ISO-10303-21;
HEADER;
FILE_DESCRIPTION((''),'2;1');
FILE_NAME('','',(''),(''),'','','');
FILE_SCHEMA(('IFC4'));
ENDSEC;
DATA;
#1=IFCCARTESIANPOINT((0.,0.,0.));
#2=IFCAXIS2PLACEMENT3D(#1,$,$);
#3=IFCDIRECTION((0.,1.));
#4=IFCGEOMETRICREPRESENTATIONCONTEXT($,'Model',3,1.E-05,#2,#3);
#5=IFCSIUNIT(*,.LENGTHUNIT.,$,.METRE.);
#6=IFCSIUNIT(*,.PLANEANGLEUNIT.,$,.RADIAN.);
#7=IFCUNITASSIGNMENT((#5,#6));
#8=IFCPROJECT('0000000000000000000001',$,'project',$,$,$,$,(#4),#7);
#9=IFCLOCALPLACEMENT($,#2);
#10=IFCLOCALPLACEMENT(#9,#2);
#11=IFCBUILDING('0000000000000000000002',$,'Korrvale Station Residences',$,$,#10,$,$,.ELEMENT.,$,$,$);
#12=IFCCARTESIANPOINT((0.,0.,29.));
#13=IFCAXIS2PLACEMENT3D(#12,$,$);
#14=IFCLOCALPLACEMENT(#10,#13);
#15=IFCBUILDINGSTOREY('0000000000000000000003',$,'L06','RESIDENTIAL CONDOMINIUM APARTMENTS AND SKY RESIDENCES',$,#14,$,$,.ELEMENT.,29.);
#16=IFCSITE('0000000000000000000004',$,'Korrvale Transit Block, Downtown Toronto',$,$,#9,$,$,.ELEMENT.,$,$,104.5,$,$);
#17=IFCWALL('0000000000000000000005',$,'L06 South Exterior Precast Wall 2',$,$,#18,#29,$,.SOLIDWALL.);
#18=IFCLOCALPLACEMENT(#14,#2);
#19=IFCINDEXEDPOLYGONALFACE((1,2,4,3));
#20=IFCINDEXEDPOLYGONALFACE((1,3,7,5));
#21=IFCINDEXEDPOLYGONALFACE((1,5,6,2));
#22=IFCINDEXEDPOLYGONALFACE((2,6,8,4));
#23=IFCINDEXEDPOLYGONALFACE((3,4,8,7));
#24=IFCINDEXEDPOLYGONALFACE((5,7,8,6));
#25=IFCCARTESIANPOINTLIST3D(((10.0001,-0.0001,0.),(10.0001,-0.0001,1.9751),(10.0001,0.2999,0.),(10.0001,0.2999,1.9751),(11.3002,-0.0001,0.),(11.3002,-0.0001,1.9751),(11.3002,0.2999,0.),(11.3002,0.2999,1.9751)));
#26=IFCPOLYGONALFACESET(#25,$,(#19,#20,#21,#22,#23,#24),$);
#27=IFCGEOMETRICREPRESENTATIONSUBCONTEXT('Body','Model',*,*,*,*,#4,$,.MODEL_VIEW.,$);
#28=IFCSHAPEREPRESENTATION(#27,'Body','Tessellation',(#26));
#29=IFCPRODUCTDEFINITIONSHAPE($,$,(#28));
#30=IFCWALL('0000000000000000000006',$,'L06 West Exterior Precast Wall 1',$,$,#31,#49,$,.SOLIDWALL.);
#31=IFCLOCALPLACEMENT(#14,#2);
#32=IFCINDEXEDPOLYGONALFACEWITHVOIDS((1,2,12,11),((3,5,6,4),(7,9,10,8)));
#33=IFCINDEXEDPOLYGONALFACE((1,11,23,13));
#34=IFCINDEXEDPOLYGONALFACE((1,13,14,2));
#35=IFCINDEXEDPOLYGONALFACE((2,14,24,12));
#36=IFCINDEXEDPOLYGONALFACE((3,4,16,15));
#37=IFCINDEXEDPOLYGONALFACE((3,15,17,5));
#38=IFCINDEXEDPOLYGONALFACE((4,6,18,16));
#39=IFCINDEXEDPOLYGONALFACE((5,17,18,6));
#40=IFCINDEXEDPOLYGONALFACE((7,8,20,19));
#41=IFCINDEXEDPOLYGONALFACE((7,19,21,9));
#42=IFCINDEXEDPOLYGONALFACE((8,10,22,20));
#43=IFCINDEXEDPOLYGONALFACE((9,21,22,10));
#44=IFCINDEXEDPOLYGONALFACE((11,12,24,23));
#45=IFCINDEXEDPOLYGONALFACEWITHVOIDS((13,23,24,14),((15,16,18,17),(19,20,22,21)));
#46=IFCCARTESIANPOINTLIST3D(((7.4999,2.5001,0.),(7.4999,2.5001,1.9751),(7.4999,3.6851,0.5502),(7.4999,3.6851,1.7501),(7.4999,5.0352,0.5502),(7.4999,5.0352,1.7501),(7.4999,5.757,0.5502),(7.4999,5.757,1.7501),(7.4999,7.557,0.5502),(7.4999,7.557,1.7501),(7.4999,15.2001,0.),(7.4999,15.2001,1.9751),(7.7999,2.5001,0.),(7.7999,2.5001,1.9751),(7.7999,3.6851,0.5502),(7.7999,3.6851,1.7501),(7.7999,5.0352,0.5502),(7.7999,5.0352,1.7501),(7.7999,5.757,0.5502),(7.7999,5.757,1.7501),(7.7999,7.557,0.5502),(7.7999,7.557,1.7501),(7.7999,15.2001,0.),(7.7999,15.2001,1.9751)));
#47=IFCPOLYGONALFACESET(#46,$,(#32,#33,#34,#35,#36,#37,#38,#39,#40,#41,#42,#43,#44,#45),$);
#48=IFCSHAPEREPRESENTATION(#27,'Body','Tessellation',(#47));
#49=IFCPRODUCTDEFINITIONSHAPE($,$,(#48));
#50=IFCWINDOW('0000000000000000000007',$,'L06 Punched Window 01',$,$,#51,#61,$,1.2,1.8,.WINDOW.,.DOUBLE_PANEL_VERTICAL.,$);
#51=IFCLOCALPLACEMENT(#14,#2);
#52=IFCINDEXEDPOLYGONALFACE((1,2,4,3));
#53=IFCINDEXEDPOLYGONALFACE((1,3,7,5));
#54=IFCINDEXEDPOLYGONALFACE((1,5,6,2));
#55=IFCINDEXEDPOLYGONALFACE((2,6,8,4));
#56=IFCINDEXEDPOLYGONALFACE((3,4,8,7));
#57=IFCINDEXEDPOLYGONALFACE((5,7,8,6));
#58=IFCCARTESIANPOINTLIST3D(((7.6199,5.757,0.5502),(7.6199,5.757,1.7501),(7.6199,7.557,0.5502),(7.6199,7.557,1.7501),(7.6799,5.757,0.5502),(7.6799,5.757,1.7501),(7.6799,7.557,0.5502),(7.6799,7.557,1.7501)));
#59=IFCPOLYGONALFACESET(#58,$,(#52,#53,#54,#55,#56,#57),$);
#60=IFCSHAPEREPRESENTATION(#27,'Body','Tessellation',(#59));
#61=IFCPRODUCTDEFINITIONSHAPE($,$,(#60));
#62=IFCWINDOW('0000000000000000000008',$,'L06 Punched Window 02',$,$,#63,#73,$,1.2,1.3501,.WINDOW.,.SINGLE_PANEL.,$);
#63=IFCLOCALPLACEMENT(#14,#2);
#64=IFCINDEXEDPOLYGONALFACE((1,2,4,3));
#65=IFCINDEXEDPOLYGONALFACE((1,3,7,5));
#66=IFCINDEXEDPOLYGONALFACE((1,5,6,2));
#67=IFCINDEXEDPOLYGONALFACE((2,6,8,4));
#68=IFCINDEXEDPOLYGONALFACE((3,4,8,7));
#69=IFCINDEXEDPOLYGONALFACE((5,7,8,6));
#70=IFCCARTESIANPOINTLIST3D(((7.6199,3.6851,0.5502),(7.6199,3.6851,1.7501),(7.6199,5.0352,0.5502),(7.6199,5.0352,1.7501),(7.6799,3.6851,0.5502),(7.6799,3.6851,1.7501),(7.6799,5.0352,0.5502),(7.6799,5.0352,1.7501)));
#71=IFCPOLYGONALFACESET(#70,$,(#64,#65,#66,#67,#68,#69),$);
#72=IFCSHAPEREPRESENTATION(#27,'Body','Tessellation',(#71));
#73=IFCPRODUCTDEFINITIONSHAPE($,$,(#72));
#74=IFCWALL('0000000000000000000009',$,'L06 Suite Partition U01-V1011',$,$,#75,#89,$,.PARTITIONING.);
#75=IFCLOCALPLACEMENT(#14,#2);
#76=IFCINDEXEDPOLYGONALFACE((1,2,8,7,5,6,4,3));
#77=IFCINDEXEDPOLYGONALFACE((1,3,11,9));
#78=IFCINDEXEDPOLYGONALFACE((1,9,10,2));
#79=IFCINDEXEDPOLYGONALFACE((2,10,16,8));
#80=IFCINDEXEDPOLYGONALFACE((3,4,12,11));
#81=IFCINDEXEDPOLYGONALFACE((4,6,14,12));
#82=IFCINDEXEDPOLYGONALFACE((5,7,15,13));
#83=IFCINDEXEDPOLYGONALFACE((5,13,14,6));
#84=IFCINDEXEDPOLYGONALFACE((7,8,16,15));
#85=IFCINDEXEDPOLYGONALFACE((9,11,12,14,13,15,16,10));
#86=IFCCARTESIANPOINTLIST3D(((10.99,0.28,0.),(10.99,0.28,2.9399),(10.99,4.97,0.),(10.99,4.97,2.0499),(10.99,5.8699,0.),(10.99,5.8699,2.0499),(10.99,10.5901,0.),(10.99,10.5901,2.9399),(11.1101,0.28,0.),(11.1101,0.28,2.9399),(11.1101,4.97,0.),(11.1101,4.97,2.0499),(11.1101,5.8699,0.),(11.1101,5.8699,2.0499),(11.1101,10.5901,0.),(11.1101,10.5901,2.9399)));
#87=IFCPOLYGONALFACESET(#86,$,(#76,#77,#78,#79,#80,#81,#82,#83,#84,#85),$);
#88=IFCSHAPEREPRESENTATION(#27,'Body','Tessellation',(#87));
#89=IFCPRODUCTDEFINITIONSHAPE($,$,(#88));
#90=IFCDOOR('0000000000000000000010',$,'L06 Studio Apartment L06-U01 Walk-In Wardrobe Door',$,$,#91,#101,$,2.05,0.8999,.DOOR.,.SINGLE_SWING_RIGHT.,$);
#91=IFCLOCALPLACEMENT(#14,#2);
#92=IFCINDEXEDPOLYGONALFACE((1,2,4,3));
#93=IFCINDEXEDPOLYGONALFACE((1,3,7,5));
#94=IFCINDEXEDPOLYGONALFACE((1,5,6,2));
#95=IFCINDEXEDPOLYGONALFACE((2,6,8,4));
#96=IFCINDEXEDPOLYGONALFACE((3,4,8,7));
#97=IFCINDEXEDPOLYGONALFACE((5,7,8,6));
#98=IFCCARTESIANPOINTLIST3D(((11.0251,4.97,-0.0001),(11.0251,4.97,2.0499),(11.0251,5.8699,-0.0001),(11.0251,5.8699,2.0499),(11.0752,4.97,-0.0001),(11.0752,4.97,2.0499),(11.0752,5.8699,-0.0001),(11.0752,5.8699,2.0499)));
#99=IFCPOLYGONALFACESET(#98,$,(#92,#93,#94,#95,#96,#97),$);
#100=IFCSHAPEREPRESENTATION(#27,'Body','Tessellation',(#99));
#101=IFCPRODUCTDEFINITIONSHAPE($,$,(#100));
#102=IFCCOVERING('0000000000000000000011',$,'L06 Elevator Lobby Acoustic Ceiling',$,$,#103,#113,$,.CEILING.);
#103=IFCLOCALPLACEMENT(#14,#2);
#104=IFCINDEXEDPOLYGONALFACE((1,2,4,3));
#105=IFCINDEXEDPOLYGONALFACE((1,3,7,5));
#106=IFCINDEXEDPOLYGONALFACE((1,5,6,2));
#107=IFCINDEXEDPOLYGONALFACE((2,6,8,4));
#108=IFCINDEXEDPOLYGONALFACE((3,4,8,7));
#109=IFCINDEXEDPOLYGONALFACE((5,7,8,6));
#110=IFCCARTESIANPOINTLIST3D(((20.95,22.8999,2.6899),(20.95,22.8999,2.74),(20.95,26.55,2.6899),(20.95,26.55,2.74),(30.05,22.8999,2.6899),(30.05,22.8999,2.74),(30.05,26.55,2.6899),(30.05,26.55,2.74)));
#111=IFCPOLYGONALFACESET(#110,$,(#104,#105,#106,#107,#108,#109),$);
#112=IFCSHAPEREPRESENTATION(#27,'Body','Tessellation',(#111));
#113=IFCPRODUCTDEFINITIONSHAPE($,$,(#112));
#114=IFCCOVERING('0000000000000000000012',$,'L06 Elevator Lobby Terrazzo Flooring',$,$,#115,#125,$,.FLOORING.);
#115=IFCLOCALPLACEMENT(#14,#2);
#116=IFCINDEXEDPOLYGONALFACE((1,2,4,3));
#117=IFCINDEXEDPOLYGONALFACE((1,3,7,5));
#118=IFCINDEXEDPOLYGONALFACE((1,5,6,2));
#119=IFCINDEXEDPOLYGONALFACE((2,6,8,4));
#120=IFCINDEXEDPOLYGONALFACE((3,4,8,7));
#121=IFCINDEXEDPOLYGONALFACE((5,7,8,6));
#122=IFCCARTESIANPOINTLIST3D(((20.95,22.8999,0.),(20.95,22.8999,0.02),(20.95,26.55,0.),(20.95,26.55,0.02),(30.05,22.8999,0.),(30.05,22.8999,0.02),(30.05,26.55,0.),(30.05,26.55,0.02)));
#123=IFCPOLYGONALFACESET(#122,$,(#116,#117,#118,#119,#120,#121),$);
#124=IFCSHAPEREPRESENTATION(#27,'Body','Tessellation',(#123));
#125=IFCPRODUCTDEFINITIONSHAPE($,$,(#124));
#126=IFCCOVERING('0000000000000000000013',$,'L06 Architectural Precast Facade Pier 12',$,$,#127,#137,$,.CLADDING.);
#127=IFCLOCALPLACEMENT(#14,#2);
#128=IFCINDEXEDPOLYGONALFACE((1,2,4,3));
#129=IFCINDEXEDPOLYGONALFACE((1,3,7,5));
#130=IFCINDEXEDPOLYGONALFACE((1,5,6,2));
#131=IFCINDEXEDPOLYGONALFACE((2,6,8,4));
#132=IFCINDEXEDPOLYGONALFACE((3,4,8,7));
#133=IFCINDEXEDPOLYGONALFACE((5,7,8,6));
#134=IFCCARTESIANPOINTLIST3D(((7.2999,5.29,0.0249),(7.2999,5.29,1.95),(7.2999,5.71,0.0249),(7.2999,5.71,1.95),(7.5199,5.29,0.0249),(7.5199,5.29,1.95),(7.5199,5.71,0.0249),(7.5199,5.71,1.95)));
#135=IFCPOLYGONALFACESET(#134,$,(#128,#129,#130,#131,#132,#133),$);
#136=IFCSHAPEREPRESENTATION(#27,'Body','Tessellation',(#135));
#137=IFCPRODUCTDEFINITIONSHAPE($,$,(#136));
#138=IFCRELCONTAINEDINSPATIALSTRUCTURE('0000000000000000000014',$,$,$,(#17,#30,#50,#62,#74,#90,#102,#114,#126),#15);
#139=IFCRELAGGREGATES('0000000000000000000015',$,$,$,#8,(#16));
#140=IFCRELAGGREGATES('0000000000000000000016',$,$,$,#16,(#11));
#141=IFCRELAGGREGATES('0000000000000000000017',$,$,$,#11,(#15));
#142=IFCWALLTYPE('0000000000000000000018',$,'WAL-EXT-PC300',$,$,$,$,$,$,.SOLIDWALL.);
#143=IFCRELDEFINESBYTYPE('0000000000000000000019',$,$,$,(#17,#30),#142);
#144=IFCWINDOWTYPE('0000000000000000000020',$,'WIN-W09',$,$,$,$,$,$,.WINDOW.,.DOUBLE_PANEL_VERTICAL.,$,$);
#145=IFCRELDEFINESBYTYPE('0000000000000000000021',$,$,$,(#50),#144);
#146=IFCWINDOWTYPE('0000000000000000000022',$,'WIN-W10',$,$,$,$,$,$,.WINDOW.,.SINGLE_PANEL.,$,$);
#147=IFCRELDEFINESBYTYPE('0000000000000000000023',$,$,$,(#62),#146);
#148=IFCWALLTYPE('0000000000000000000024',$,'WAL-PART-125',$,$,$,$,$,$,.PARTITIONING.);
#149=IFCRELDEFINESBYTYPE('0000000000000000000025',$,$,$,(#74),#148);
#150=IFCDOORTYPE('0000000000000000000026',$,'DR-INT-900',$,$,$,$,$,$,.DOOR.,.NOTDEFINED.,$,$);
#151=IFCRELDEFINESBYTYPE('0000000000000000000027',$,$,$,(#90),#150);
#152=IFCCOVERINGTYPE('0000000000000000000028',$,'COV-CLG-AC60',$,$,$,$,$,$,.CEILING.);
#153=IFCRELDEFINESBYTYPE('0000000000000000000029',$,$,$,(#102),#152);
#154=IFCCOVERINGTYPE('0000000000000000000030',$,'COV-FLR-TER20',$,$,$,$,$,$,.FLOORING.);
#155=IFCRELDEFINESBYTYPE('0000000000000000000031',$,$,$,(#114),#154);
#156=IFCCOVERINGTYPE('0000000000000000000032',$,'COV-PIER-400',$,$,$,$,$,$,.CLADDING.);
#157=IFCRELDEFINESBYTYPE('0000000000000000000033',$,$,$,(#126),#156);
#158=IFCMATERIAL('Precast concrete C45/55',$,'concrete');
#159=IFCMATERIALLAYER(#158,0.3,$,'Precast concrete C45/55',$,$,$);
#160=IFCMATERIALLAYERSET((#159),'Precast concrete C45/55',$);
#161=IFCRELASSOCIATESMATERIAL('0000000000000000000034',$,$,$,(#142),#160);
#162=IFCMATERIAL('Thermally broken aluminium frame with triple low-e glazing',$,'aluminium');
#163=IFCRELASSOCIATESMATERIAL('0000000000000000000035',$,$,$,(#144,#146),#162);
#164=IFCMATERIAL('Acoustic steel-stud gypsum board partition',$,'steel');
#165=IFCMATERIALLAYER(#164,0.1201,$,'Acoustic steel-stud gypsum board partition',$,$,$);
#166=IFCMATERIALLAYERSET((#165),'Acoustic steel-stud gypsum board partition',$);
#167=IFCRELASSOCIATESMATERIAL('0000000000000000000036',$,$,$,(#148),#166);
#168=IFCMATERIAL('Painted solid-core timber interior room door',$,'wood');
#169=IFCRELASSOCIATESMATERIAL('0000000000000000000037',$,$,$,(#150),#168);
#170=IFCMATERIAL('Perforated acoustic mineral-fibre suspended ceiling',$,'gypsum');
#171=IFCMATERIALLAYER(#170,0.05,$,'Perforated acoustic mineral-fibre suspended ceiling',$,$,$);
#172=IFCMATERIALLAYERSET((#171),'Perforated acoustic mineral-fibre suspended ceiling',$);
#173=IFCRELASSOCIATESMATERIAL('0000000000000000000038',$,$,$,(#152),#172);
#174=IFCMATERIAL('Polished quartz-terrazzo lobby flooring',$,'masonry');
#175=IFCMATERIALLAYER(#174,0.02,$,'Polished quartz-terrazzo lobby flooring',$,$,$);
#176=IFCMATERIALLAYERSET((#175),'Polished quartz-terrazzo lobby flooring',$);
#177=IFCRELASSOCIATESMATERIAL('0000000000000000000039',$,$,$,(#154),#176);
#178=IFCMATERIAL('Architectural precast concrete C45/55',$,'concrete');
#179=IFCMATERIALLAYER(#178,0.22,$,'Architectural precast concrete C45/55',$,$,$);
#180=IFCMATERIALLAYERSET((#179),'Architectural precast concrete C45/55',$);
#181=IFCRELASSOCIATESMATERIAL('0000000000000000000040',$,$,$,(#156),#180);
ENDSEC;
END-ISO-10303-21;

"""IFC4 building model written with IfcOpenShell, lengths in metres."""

from ifc_helpers import new_model, si_unit, direction, frame, frame_2d, origin, origin_2d, place, context, subcontext, project, spatial, polyline, rectangle, outline, extrude, material, layer, layer_set, type_object, element, fill, save


model = new_model("IFC4")

# Units and contexts
model_context = context("Model", 3, precision=1e-05, world=origin(), true_north=direction((0.0, 1.0)))
body_context = subcontext(model_context, "Body", "Model", "MODEL_VIEW")
ifc_project = project(units=[si_unit("LENGTHUNIT", "METRE"), si_unit("PLANEANGLEUNIT", "RADIAN")], contexts=[model_context])

# Site, building, storey
site_placement = place(None, origin())
site = spatial("IfcSite", under=ifc_project, at=site_placement, Name="Korrvale Transit Block, Downtown Toronto", CompositionType="ELEMENT", RefElevation=104.5)
building_placement = place(site_placement, origin())
building = spatial("IfcBuilding", under=site, at=building_placement, Name="Korrvale Station Residences", CompositionType="ELEMENT")
storey_placement = place(building_placement, frame((0.0, 0.0, 29.0)))
storey = spatial("IfcBuildingStorey", under=building, at=storey_placement, Name="L06", Description="RESIDENTIAL CONDOMINIUM APARTMENTS AND SKY RESIDENCES", CompositionType="ELEMENT", Elevation=29.0)

# Wall
ifc_material_1 = material(Name="Precast concrete C45/55", Category="concrete")
ifc_layer_1 = layer(ifc_material_1, 0.3, Name="Precast concrete C45/55")
ifc_layer_set_1 = layer_set([ifc_layer_1], Name="Precast concrete C45/55")
wall_type_1 = type_object("IfcWallType", Name="WAL-EXT-PC300", PredefinedType="SOLIDWALL", material=ifc_layer_set_1)
wall_1_placement = place(storey_placement, frame((11.3, 0.1499, 0.0), z_axis=(0.0, 0.0, 1.0), x_axis=(-1.0, 0.0, 0.0)))
element("IfcWall", 1, at=wall_1_placement, inside=storey, type_object=wall_type_1, Name="L06 South Exterior Precast Wall 2", PredefinedType="SOLIDWALL", context=body_context, shape_type="SweptSolid", body=[
    extrude(rectangle(XDim=1.3, YDim=0.3, at=frame_2d((0.6499, 0.0))), origin(), (0.0, 0.0, 1.0), 1.9751),
])

# Wall, openings, windows
wall_2_placement = place(storey_placement, frame((7.6499, 2.5, 0.0), z_axis=(0.0, 0.0, 1.0), x_axis=(0.0, 1.0, 0.0)))
wall_2 = element("IfcWall", 2, at=wall_2_placement, inside=storey, type_object=wall_type_1, Name="L06 West Exterior Precast Wall 1", PredefinedType="SOLIDWALL", context=body_context, shape_type="SweptSolid", body=[
    extrude(rectangle(XDim=12.7, YDim=0.3, at=frame_2d((6.3501, 0.0))), origin(), (0.0, 0.0, 1.0), 1.9751),
])
opening_1_placement = place(wall_2_placement, frame((3.2571, 0.0, 0.55)))
opening_1 = element("IfcOpeningElement", 3, at=opening_1_placement, cuts=wall_2, PredefinedType="OPENING", context=body_context, shape_type="SweptSolid", body=[
    extrude(rectangle(XDim=1.8, YDim=1.2, at=frame_2d((0.8999, 0.6001))), frame((0.0, 0.1602, 0.0), z_axis=(0.0, -1.0, 0.0), x_axis=(1.0, 0.0, 0.0)), (0.0, 0.0, 1.0), 0.3201),
])
opening_2_placement = place(wall_2_placement, frame((1.1851, 0.0, 0.55)))
opening_2 = element("IfcOpeningElement", 4, at=opening_2_placement, cuts=wall_2, PredefinedType="OPENING", context=body_context, shape_type="SweptSolid", body=[
    extrude(rectangle(XDim=1.3501, YDim=1.2, at=frame_2d((0.675, 0.6001))), frame((0.0, 0.1602, 0.0), z_axis=(0.0, -1.0, 0.0), x_axis=(1.0, 0.0, 0.0)), (0.0, 0.0, 1.0), 0.3201),
])
ifc_material_2 = material(Name="Thermally broken aluminium frame with triple low-e glazing", Category="aluminium")
window_type_1 = type_object("IfcWindowType", Name="WIN-W09", PartitioningType="DOUBLE_PANEL_VERTICAL", PredefinedType="WINDOW", material=ifc_material_2)
window_1_placement = place(opening_1_placement, origin())
window_1 = element("IfcWindow", 5, at=window_1_placement, inside=storey, type_object=window_type_1, Name="L06 Punched Window 01", OverallHeight=1.2, OverallWidth=1.8, PartitioningType="DOUBLE_PANEL_VERTICAL", PredefinedType="WINDOW", context=body_context, shape_type="SweptSolid", body=[
    extrude(rectangle(XDim=1.8, YDim=1.2, at=frame_2d((0.8999, 0.6001))), frame((0.0, 0.03, 0.0), z_axis=(0.0, -1.0, 0.0), x_axis=(1.0, 0.0, 0.0)), (0.0, 0.0, 1.0), 0.0601),
])
fill(opening_1, window_1)
window_type_2 = type_object("IfcWindowType", Name="WIN-W10", PartitioningType="SINGLE_PANEL", PredefinedType="WINDOW", material=ifc_material_2)
window_2_placement = place(opening_2_placement, origin())
window_2 = element("IfcWindow", 6, at=window_2_placement, inside=storey, type_object=window_type_2, Name="L06 Punched Window 02", OverallHeight=1.2, OverallWidth=1.3501, PartitioningType="SINGLE_PANEL", PredefinedType="WINDOW", context=body_context, shape_type="SweptSolid", body=[
    extrude(rectangle(XDim=1.3501, YDim=1.2, at=frame_2d((0.675, 0.6001))), frame((0.0, 0.03, 0.0), z_axis=(0.0, -1.0, 0.0), x_axis=(1.0, 0.0, 0.0)), (0.0, 0.0, 1.0), 0.0601),
])
fill(opening_2, window_2)

# Wall, opening, door
ifc_material_3 = material(Name="Acoustic steel-stud gypsum board partition", Category="steel")
ifc_layer_2 = layer(ifc_material_3, 0.1201, Name="Acoustic steel-stud gypsum board partition")
ifc_layer_set_2 = layer_set([ifc_layer_2], Name="Acoustic steel-stud gypsum board partition")
wall_type_2 = type_object("IfcWallType", Name="WAL-PART-125", PredefinedType="PARTITIONING", material=ifc_layer_set_2)
wall_3_placement = place(storey_placement, frame((11.05, 0.28, 0.0), z_axis=(0.0, 0.0, 1.0), x_axis=(0.0, 1.0, 0.0)))
wall_3 = element("IfcWall", 7, at=wall_3_placement, inside=storey, type_object=wall_type_2, Name="L06 Suite Partition U01-V1011", PredefinedType="PARTITIONING", context=body_context, shape_type="SweptSolid", body=[
    extrude(rectangle(XDim=10.3101, YDim=0.1201, at=frame_2d((5.155, 0.0))), origin(), (0.0, 0.0, 1.0), 2.9399),
])
opening_3_placement = place(wall_3_placement, frame((4.6899, 0.0, 0.0)))
opening_3 = element("IfcOpeningElement", 8, at=opening_3_placement, cuts=wall_3, PredefinedType="OPENING", context=body_context, shape_type="SweptSolid", body=[
    extrude(rectangle(XDim=0.8999, YDim=2.05, at=frame_2d((0.45, 1.0249))), frame((0.0, 0.0701, 0.0), z_axis=(0.0, -1.0, 0.0), x_axis=(1.0, 0.0, 0.0)), (0.0, 0.0, 1.0), 0.1401),
])
ifc_material_4 = material(Name="Painted solid-core timber interior room door", Category="wood")
door_type = type_object("IfcDoorType", Name="DR-INT-900", OperationType="NOTDEFINED", PredefinedType="DOOR", material=ifc_material_4)
door_placement = place(opening_3_placement, origin())
door = element("IfcDoor", 9, at=door_placement, inside=storey, type_object=door_type, Name="L06 Studio Apartment L06-U01 Walk-In Wardrobe Door", OperationType="SINGLE_SWING_RIGHT", OverallHeight=2.05, OverallWidth=0.8999, PredefinedType="DOOR", context=body_context, shape_type="SweptSolid", body=[
    extrude(rectangle(XDim=0.8999, YDim=2.05, at=frame_2d((0.45, 1.0249))), frame((0.0, 0.0249, 0.0), z_axis=(0.0, -1.0, 0.0), x_axis=(1.0, 0.0, 0.0)), (0.0, 0.0, 1.0), 0.05),
])
fill(opening_3, door)

# Coverings
ifc_material_5 = material(Name="Perforated acoustic mineral-fibre suspended ceiling", Category="gypsum")
ifc_layer_3 = layer(ifc_material_5, 0.05, Name="Perforated acoustic mineral-fibre suspended ceiling")
ifc_layer_set_3 = layer_set([ifc_layer_3], Name="Perforated acoustic mineral-fibre suspended ceiling")
covering_type_1 = type_object("IfcCoveringType", Name="COV-CLG-AC60", PredefinedType="CEILING", material=ifc_layer_set_3)
covering_1_placement = place(storey_placement, frame((0.0, 0.0, 2.6899)))
element("IfcCovering", 10, at=covering_1_placement, inside=storey, type_object=covering_type_1, Name="L06 Elevator Lobby Acoustic Ceiling", PredefinedType="CEILING", context=body_context, shape_type="SweptSolid", body=[
    extrude(outline(polyline([(20.95, 22.8999), (30.05, 22.8999), (30.05, 26.55), (20.95, 26.55), (20.95, 22.8999)])), origin(), (0.0, 0.0, 1.0), 0.05),
])
ifc_material_6 = material(Name="Polished quartz-terrazzo lobby flooring", Category="masonry")
ifc_layer_4 = layer(ifc_material_6, 0.02, Name="Polished quartz-terrazzo lobby flooring")
ifc_layer_set_4 = layer_set([ifc_layer_4], Name="Polished quartz-terrazzo lobby flooring")
covering_type_2 = type_object("IfcCoveringType", Name="COV-FLR-TER20", PredefinedType="FLOORING", material=ifc_layer_set_4)
covering_2_placement = place(storey_placement, origin())
element("IfcCovering", 11, at=covering_2_placement, inside=storey, type_object=covering_type_2, Name="L06 Elevator Lobby Terrazzo Flooring", PredefinedType="FLOORING", context=body_context, shape_type="SweptSolid", body=[
    extrude(outline(polyline([(20.95, 22.8999), (30.05, 22.8999), (30.05, 26.55), (20.95, 26.55), (20.95, 22.8999)])), origin(), (0.0, 0.0, 1.0), 0.02),
])
ifc_material_7 = material(Name="Architectural precast concrete C45/55", Category="concrete")
ifc_layer_5 = layer(ifc_material_7, 0.22, Name="Architectural precast concrete C45/55")
ifc_layer_set_5 = layer_set([ifc_layer_5], Name="Architectural precast concrete C45/55")
covering_type_3 = type_object("IfcCoveringType", Name="COV-PIER-400", PredefinedType="CLADDING", material=ifc_layer_set_5)
covering_3_placement = place(storey_placement, frame((7.4099, 5.5, 0.0249), z_axis=(0.0, 0.0, 1.0), x_axis=(0.0, 1.0, 0.0)))
element("IfcCovering", 12, at=covering_3_placement, inside=storey, type_object=covering_type_3, Name="L06 Architectural Precast Facade Pier 12", PredefinedType="CLADDING", context=body_context, shape_type="SweptSolid", body=[
    extrude(rectangle(XDim=0.4199, YDim=0.22, at=origin_2d()), origin(), (0.0, 0.0, 1.0), 1.925),
])

save(model, "model.ifc")
